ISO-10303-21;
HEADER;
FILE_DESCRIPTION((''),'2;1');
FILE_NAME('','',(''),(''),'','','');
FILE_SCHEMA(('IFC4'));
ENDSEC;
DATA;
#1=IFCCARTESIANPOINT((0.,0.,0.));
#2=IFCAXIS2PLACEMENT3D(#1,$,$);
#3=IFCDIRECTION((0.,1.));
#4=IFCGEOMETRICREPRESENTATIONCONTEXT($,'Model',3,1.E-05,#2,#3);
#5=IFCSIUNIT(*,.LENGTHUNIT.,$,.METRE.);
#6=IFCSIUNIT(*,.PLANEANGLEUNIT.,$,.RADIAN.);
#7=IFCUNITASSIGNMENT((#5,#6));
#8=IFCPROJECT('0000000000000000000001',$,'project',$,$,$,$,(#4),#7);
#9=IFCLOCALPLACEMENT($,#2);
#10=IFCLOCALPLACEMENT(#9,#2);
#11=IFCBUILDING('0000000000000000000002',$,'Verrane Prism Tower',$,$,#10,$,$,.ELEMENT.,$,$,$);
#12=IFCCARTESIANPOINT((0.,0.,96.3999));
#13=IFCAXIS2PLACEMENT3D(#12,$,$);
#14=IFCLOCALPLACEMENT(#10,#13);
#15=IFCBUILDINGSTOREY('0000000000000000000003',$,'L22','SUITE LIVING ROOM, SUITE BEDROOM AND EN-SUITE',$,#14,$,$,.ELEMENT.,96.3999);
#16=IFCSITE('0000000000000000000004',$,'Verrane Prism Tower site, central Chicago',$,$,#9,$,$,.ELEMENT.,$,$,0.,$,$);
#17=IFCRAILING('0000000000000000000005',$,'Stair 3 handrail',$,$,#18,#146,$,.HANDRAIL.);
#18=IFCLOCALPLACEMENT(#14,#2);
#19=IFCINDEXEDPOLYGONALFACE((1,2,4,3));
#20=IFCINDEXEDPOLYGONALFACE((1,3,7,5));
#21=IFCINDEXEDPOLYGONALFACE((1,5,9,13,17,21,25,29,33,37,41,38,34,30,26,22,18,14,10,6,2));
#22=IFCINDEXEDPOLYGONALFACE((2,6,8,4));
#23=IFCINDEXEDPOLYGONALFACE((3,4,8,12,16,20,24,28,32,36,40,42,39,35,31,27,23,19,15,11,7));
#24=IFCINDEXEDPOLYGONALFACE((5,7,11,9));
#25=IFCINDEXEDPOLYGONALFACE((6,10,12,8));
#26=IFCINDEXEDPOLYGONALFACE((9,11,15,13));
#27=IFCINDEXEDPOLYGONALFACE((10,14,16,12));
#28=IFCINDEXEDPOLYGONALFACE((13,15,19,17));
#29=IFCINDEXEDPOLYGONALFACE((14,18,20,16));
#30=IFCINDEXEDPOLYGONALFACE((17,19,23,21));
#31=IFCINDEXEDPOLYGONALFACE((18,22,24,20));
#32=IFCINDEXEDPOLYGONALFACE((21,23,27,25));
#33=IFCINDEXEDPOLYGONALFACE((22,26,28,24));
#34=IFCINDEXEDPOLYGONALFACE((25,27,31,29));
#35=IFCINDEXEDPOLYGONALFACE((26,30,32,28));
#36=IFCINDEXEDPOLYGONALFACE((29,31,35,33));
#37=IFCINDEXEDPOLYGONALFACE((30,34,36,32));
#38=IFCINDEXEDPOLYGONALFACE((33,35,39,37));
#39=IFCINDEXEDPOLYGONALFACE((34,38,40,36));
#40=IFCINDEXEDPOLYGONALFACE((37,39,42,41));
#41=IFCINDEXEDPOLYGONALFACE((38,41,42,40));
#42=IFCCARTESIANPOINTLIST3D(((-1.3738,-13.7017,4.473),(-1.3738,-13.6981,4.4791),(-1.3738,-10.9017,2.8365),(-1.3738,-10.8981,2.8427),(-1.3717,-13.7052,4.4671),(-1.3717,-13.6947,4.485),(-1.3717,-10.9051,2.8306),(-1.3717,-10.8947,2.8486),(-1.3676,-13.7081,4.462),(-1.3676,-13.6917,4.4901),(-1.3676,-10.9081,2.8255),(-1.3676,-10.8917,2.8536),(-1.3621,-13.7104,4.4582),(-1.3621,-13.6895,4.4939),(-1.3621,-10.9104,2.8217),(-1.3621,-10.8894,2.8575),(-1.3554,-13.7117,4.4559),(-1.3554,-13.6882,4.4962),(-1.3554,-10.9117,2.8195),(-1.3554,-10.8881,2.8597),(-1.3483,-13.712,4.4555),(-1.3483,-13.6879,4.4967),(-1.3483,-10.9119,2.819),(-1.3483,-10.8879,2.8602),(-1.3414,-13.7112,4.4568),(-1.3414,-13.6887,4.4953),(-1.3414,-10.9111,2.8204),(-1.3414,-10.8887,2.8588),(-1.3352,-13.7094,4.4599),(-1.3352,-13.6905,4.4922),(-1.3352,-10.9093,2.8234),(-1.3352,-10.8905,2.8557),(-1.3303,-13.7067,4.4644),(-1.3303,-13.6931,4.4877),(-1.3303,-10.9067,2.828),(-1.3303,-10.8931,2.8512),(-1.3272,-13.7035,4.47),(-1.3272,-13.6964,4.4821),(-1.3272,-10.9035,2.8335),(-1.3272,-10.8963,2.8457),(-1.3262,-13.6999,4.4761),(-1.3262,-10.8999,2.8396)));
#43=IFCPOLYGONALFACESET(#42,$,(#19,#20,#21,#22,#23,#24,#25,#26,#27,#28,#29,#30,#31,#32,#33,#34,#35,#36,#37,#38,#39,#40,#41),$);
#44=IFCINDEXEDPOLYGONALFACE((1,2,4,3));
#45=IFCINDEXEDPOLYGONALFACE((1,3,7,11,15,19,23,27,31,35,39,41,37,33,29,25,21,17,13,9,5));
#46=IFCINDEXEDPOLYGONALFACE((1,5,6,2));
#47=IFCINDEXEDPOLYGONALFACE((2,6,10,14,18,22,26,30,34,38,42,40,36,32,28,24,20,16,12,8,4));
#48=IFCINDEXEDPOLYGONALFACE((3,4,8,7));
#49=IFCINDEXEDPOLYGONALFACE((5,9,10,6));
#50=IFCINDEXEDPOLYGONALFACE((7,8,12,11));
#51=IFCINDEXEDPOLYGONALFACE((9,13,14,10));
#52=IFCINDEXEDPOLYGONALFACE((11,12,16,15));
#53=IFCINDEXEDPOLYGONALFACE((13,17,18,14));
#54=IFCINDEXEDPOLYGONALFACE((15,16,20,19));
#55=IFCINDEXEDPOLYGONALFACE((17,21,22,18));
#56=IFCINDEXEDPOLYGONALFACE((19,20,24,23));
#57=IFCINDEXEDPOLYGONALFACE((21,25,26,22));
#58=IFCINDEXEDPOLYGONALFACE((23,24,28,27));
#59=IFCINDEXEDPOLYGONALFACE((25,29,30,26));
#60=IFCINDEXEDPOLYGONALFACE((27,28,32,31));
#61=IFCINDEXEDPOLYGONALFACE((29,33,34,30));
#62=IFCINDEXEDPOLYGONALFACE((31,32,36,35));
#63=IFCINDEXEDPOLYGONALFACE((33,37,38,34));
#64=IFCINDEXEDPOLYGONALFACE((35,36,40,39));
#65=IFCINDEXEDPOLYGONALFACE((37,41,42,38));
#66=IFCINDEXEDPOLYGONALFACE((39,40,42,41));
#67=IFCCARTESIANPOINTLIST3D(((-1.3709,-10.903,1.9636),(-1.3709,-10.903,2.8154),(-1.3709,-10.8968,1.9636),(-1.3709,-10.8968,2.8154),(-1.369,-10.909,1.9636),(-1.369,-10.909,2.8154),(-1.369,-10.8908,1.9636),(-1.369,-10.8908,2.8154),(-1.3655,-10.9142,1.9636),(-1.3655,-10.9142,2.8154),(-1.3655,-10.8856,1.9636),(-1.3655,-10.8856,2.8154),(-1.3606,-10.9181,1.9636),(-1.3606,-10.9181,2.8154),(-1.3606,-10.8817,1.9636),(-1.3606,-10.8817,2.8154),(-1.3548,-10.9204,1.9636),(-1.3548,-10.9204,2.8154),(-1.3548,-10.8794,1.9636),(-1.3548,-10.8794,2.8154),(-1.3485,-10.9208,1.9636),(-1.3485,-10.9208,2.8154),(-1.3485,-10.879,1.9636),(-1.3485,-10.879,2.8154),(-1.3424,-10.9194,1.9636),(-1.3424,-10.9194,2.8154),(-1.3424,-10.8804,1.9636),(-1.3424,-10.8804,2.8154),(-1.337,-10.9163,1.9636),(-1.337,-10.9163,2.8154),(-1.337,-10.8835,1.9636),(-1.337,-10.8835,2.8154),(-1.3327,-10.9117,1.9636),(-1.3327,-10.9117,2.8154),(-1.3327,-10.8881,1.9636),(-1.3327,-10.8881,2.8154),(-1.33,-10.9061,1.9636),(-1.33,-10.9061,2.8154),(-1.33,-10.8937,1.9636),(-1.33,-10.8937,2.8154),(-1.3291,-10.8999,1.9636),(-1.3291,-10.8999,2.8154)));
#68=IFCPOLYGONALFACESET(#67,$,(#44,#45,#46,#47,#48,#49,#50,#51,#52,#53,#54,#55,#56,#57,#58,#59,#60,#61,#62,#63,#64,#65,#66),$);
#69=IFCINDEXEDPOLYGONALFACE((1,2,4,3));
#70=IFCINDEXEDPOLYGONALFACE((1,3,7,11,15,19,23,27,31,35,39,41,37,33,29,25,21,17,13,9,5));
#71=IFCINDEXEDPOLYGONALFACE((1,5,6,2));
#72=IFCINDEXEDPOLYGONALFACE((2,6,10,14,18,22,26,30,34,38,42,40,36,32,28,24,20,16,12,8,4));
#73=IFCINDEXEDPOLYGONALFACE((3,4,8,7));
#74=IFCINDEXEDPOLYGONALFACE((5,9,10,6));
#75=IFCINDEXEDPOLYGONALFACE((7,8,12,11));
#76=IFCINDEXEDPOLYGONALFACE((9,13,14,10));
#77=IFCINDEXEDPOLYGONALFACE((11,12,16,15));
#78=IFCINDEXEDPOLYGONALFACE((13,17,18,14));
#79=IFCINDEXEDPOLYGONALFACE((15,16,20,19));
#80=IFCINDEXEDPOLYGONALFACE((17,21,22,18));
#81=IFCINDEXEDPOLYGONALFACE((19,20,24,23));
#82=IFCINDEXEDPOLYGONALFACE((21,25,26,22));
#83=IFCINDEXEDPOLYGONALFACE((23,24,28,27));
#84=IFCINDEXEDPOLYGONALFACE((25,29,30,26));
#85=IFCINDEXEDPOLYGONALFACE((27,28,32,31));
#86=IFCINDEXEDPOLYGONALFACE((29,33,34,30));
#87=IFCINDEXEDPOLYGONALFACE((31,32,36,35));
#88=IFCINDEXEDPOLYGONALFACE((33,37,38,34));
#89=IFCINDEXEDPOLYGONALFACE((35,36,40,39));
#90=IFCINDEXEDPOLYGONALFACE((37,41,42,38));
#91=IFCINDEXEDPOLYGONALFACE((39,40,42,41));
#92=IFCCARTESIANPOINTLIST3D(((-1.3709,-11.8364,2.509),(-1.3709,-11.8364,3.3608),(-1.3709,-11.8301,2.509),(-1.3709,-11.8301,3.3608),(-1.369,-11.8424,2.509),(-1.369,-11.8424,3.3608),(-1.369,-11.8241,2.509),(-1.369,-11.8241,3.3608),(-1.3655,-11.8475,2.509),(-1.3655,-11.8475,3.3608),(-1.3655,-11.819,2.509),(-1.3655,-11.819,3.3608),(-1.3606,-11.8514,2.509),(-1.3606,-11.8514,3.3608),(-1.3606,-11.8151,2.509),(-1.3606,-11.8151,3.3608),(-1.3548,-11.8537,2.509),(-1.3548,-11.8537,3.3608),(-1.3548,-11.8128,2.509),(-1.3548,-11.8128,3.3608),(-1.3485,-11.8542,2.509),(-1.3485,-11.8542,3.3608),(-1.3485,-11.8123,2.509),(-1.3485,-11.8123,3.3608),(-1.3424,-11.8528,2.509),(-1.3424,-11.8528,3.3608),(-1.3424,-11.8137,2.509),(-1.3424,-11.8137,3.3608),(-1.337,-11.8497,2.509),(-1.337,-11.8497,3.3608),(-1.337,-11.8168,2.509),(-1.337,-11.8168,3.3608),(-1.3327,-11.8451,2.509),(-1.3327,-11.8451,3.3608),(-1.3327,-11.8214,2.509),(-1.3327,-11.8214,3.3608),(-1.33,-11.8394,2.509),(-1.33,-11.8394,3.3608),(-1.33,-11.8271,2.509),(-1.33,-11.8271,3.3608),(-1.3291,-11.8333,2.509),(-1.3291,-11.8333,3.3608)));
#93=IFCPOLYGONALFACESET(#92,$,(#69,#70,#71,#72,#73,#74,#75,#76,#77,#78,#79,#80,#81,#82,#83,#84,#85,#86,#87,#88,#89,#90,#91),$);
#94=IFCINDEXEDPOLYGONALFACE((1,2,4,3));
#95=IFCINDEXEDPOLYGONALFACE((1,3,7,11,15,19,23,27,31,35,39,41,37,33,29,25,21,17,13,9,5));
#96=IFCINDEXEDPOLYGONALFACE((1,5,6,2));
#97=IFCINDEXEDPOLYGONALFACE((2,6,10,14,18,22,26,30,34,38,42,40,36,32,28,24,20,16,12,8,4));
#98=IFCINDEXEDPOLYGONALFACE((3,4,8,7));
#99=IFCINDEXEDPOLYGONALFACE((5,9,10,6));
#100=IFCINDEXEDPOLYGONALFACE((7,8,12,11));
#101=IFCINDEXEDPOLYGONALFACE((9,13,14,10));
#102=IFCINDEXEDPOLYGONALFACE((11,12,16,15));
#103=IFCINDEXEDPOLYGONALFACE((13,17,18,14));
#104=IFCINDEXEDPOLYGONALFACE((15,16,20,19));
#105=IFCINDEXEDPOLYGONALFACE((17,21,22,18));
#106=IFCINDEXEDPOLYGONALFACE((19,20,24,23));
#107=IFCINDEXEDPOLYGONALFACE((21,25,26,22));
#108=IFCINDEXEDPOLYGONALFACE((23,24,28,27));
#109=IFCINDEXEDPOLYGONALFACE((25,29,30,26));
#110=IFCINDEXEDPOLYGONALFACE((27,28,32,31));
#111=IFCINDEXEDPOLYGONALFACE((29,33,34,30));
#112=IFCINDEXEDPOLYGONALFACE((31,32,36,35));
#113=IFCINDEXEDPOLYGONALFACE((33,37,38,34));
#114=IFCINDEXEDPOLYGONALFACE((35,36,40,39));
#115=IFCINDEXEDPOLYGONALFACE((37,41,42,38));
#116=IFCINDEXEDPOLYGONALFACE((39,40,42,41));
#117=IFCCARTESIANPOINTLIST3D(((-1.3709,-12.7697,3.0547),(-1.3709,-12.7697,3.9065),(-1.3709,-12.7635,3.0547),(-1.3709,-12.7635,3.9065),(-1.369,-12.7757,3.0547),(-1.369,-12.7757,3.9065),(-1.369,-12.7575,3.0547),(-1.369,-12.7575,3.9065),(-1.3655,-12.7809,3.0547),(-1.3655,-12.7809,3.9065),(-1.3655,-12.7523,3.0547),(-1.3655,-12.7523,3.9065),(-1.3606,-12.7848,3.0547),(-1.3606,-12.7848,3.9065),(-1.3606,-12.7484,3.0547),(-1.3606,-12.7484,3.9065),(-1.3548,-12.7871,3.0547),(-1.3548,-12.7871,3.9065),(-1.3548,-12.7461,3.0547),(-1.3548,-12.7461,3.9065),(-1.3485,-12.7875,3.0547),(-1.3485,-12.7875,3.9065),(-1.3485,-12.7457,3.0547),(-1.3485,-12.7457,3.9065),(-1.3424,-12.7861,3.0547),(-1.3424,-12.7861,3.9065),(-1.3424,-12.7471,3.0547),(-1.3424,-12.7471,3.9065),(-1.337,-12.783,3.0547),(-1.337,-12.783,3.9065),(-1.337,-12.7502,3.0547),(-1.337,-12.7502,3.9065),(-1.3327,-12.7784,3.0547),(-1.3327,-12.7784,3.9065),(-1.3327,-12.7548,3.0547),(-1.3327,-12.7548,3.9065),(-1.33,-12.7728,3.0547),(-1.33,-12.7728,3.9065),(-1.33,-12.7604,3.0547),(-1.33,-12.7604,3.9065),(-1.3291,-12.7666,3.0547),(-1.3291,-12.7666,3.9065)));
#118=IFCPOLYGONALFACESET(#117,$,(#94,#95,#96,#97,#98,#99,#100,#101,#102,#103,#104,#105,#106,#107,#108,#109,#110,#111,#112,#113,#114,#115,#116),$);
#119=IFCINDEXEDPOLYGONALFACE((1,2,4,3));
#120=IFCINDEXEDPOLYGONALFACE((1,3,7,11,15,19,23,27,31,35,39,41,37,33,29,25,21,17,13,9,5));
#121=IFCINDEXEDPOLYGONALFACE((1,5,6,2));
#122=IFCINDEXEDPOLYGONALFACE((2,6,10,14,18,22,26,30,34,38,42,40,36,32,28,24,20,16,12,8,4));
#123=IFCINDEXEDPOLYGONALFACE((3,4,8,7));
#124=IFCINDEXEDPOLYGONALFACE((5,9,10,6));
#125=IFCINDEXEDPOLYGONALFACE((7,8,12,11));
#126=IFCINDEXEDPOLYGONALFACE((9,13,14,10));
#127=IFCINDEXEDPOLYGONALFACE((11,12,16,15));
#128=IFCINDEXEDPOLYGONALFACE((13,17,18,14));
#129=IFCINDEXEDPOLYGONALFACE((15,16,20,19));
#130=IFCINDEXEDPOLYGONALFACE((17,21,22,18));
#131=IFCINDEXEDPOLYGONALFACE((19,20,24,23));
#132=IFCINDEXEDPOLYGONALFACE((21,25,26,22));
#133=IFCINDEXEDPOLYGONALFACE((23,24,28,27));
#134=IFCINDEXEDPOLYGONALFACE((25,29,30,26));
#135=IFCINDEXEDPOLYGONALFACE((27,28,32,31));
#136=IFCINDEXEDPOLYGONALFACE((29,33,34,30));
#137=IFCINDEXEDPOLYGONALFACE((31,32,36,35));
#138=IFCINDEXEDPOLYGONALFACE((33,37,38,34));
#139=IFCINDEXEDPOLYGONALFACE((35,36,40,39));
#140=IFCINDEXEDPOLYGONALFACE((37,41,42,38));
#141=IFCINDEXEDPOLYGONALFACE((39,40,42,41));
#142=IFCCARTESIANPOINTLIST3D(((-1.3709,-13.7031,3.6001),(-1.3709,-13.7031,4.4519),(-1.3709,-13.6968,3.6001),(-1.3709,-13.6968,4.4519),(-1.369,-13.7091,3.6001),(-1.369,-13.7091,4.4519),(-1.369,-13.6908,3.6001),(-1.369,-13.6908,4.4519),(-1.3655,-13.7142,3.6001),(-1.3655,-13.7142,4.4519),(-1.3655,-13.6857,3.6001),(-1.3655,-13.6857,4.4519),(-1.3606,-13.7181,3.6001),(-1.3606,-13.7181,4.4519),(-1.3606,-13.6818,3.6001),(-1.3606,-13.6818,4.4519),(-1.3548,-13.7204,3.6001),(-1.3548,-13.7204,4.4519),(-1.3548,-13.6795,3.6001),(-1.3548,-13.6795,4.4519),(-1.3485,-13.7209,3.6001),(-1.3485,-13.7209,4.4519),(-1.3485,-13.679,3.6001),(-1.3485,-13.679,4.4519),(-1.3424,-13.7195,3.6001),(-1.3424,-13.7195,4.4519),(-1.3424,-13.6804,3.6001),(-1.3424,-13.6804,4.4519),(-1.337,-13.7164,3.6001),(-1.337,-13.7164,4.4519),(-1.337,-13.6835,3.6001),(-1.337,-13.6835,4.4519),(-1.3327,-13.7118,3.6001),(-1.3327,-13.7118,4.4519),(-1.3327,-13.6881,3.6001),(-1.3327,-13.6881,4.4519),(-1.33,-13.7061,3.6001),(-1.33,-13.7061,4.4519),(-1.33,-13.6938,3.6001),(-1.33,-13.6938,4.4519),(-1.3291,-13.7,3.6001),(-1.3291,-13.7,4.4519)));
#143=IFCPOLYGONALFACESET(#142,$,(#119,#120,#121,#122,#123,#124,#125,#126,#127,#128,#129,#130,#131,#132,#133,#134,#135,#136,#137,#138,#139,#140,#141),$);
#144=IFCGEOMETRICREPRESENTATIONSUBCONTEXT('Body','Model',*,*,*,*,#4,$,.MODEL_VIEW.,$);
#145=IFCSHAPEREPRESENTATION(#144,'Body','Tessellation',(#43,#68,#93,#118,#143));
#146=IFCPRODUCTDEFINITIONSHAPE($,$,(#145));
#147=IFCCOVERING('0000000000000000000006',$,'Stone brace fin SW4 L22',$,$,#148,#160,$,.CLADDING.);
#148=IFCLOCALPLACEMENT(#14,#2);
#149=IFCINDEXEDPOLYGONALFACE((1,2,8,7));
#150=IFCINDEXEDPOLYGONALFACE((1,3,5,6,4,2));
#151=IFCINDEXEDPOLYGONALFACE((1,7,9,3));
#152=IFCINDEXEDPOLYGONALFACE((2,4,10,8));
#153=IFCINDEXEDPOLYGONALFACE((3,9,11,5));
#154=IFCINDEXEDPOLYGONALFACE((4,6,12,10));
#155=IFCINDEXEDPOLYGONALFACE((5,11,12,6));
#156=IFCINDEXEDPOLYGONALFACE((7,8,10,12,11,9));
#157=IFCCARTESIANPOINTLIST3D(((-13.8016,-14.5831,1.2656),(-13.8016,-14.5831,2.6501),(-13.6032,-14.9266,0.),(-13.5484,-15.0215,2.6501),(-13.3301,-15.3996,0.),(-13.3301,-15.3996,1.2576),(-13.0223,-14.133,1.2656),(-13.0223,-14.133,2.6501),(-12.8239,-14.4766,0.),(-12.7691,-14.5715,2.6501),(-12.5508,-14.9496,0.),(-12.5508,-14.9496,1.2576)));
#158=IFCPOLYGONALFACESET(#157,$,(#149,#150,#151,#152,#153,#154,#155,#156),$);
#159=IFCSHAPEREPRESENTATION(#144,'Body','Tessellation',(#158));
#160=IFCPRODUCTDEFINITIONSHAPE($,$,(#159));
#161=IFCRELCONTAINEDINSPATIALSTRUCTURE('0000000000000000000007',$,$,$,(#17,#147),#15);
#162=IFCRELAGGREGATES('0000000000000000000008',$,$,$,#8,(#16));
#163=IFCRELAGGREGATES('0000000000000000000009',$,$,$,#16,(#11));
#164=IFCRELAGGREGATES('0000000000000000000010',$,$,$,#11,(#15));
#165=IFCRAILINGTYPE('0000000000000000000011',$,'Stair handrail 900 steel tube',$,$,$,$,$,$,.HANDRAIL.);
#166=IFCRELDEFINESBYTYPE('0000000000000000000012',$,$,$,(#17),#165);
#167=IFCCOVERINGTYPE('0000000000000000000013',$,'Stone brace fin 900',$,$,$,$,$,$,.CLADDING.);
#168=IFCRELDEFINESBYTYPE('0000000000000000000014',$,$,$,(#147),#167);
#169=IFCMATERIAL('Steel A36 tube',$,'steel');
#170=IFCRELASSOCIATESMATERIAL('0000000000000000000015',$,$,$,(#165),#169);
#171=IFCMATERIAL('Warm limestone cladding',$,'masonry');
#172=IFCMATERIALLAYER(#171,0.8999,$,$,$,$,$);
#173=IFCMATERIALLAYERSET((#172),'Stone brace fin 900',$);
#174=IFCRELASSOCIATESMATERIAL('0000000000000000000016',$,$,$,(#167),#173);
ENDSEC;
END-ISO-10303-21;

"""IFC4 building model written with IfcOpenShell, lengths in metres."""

from ifc_helpers import new_model, si_unit, direction, frame, origin, origin_2d, place, context, subcontext, project, spatial, polyline, circle, outline, extrude, material, layer, layer_set, type_object, element, save


model = new_model("IFC4")

# Units and contexts
model_context = context("Model", 3, precision=1e-05, world=origin(), true_north=direction((0.0, 1.0)))
body_context = subcontext(model_context, "Body", "Model", "MODEL_VIEW")
ifc_project = project(units=[si_unit("LENGTHUNIT", "METRE"), si_unit("PLANEANGLEUNIT", "RADIAN")], contexts=[model_context])

# Site, building, storey
site_placement = place(None, origin())
site = spatial("IfcSite", under=ifc_project, at=site_placement, Name="Verrane Prism Tower site, central Chicago", CompositionType="ELEMENT", RefElevation=0.0)
building_placement = place(site_placement, origin())
building = spatial("IfcBuilding", under=site, at=building_placement, Name="Verrane Prism Tower", CompositionType="ELEMENT")
storey_placement = place(building_placement, frame((0.0, 0.0, 96.3999)))
storey = spatial("IfcBuildingStorey", under=building, at=storey_placement, Name="L22", Description="SUITE LIVING ROOM, SUITE BEDROOM AND EN-SUITE", CompositionType="ELEMENT", Elevation=96.3999)

# Railing
ifc_material_1 = material(Name="Steel A36 tube", Category="steel")
railing_type = type_object("IfcRailingType", Name="Stair handrail 900 steel tube", PredefinedType="HANDRAIL", material=ifc_material_1)
railing_placement = place(storey_placement, frame((-1.3501, -10.8999, 1.9636)))
element("IfcRailing", 1, at=railing_placement, inside=storey, type_object=railing_type, Name="Stair 3 handrail", PredefinedType="HANDRAIL", context=body_context, shape_type="SweptSolid", body=[
    extrude(circle(Radius=0.0239, at=origin_2d()), frame((0.0, 0.0, 0.876), z_axis=(0.0, -0.863361, 0.504587), x_axis=(1.0, 0.0, 0.0)), (0.0, 0.0, 1.0), 3.2432),
    extrude(circle(Radius=0.021, at=origin_2d()), origin(), (0.0, 0.0, 1.0), 0.8518),
    extrude(circle(Radius=0.021, at=origin_2d()), frame((0.0, -0.9333, 0.5454)), (0.0, 0.0, 1.0), 0.8518),
    extrude(circle(Radius=0.021, at=origin_2d()), frame((0.0, -1.8667, 1.0911)), (0.0, 0.0, 1.0), 0.8518),
    extrude(circle(Radius=0.021, at=origin_2d()), frame((0.0, -2.8, 1.6365)), (0.0, 0.0, 1.0), 0.8518),
])

# Covering
ifc_material_2 = material(Name="Warm limestone cladding", Category="masonry")
ifc_layer_1 = layer(ifc_material_2, 0.8999)
ifc_layer_set_1 = layer_set([ifc_layer_1], Name="Stone brace fin 900")
covering_type = type_object("IfcCoveringType", Name="Stone brace fin 900", PredefinedType="CLADDING", material=ifc_layer_set_1)
covering_placement = place(storey_placement, frame((-12.9404, -15.1746, 0.0), z_axis=(0.0, 0.0, 1.0), x_axis=(-0.500066, 0.865987, 0.0)))
element("IfcCovering", 2, at=covering_placement, inside=storey, type_object=covering_type, Name="Stone brace fin SW4 L22", PredefinedType="CLADDING", context=body_context, shape_type="SweptSolid", body=[
    extrude(outline(polyline([(0.9429, 2.6501), (0.4365, 2.6501), (0.0, 1.2576), (0.0, 0.0), (0.5461, 0.0), (0.9429, 1.2656), (0.9429, 2.6501)])), frame((0.0, 0.45, 0.0), z_axis=(0.0, -1.0, 0.0), x_axis=(1.0, 0.0, 0.0)), (0.0, 0.0, 1.0), 0.8999),
])

save(model, "model.ifc")
